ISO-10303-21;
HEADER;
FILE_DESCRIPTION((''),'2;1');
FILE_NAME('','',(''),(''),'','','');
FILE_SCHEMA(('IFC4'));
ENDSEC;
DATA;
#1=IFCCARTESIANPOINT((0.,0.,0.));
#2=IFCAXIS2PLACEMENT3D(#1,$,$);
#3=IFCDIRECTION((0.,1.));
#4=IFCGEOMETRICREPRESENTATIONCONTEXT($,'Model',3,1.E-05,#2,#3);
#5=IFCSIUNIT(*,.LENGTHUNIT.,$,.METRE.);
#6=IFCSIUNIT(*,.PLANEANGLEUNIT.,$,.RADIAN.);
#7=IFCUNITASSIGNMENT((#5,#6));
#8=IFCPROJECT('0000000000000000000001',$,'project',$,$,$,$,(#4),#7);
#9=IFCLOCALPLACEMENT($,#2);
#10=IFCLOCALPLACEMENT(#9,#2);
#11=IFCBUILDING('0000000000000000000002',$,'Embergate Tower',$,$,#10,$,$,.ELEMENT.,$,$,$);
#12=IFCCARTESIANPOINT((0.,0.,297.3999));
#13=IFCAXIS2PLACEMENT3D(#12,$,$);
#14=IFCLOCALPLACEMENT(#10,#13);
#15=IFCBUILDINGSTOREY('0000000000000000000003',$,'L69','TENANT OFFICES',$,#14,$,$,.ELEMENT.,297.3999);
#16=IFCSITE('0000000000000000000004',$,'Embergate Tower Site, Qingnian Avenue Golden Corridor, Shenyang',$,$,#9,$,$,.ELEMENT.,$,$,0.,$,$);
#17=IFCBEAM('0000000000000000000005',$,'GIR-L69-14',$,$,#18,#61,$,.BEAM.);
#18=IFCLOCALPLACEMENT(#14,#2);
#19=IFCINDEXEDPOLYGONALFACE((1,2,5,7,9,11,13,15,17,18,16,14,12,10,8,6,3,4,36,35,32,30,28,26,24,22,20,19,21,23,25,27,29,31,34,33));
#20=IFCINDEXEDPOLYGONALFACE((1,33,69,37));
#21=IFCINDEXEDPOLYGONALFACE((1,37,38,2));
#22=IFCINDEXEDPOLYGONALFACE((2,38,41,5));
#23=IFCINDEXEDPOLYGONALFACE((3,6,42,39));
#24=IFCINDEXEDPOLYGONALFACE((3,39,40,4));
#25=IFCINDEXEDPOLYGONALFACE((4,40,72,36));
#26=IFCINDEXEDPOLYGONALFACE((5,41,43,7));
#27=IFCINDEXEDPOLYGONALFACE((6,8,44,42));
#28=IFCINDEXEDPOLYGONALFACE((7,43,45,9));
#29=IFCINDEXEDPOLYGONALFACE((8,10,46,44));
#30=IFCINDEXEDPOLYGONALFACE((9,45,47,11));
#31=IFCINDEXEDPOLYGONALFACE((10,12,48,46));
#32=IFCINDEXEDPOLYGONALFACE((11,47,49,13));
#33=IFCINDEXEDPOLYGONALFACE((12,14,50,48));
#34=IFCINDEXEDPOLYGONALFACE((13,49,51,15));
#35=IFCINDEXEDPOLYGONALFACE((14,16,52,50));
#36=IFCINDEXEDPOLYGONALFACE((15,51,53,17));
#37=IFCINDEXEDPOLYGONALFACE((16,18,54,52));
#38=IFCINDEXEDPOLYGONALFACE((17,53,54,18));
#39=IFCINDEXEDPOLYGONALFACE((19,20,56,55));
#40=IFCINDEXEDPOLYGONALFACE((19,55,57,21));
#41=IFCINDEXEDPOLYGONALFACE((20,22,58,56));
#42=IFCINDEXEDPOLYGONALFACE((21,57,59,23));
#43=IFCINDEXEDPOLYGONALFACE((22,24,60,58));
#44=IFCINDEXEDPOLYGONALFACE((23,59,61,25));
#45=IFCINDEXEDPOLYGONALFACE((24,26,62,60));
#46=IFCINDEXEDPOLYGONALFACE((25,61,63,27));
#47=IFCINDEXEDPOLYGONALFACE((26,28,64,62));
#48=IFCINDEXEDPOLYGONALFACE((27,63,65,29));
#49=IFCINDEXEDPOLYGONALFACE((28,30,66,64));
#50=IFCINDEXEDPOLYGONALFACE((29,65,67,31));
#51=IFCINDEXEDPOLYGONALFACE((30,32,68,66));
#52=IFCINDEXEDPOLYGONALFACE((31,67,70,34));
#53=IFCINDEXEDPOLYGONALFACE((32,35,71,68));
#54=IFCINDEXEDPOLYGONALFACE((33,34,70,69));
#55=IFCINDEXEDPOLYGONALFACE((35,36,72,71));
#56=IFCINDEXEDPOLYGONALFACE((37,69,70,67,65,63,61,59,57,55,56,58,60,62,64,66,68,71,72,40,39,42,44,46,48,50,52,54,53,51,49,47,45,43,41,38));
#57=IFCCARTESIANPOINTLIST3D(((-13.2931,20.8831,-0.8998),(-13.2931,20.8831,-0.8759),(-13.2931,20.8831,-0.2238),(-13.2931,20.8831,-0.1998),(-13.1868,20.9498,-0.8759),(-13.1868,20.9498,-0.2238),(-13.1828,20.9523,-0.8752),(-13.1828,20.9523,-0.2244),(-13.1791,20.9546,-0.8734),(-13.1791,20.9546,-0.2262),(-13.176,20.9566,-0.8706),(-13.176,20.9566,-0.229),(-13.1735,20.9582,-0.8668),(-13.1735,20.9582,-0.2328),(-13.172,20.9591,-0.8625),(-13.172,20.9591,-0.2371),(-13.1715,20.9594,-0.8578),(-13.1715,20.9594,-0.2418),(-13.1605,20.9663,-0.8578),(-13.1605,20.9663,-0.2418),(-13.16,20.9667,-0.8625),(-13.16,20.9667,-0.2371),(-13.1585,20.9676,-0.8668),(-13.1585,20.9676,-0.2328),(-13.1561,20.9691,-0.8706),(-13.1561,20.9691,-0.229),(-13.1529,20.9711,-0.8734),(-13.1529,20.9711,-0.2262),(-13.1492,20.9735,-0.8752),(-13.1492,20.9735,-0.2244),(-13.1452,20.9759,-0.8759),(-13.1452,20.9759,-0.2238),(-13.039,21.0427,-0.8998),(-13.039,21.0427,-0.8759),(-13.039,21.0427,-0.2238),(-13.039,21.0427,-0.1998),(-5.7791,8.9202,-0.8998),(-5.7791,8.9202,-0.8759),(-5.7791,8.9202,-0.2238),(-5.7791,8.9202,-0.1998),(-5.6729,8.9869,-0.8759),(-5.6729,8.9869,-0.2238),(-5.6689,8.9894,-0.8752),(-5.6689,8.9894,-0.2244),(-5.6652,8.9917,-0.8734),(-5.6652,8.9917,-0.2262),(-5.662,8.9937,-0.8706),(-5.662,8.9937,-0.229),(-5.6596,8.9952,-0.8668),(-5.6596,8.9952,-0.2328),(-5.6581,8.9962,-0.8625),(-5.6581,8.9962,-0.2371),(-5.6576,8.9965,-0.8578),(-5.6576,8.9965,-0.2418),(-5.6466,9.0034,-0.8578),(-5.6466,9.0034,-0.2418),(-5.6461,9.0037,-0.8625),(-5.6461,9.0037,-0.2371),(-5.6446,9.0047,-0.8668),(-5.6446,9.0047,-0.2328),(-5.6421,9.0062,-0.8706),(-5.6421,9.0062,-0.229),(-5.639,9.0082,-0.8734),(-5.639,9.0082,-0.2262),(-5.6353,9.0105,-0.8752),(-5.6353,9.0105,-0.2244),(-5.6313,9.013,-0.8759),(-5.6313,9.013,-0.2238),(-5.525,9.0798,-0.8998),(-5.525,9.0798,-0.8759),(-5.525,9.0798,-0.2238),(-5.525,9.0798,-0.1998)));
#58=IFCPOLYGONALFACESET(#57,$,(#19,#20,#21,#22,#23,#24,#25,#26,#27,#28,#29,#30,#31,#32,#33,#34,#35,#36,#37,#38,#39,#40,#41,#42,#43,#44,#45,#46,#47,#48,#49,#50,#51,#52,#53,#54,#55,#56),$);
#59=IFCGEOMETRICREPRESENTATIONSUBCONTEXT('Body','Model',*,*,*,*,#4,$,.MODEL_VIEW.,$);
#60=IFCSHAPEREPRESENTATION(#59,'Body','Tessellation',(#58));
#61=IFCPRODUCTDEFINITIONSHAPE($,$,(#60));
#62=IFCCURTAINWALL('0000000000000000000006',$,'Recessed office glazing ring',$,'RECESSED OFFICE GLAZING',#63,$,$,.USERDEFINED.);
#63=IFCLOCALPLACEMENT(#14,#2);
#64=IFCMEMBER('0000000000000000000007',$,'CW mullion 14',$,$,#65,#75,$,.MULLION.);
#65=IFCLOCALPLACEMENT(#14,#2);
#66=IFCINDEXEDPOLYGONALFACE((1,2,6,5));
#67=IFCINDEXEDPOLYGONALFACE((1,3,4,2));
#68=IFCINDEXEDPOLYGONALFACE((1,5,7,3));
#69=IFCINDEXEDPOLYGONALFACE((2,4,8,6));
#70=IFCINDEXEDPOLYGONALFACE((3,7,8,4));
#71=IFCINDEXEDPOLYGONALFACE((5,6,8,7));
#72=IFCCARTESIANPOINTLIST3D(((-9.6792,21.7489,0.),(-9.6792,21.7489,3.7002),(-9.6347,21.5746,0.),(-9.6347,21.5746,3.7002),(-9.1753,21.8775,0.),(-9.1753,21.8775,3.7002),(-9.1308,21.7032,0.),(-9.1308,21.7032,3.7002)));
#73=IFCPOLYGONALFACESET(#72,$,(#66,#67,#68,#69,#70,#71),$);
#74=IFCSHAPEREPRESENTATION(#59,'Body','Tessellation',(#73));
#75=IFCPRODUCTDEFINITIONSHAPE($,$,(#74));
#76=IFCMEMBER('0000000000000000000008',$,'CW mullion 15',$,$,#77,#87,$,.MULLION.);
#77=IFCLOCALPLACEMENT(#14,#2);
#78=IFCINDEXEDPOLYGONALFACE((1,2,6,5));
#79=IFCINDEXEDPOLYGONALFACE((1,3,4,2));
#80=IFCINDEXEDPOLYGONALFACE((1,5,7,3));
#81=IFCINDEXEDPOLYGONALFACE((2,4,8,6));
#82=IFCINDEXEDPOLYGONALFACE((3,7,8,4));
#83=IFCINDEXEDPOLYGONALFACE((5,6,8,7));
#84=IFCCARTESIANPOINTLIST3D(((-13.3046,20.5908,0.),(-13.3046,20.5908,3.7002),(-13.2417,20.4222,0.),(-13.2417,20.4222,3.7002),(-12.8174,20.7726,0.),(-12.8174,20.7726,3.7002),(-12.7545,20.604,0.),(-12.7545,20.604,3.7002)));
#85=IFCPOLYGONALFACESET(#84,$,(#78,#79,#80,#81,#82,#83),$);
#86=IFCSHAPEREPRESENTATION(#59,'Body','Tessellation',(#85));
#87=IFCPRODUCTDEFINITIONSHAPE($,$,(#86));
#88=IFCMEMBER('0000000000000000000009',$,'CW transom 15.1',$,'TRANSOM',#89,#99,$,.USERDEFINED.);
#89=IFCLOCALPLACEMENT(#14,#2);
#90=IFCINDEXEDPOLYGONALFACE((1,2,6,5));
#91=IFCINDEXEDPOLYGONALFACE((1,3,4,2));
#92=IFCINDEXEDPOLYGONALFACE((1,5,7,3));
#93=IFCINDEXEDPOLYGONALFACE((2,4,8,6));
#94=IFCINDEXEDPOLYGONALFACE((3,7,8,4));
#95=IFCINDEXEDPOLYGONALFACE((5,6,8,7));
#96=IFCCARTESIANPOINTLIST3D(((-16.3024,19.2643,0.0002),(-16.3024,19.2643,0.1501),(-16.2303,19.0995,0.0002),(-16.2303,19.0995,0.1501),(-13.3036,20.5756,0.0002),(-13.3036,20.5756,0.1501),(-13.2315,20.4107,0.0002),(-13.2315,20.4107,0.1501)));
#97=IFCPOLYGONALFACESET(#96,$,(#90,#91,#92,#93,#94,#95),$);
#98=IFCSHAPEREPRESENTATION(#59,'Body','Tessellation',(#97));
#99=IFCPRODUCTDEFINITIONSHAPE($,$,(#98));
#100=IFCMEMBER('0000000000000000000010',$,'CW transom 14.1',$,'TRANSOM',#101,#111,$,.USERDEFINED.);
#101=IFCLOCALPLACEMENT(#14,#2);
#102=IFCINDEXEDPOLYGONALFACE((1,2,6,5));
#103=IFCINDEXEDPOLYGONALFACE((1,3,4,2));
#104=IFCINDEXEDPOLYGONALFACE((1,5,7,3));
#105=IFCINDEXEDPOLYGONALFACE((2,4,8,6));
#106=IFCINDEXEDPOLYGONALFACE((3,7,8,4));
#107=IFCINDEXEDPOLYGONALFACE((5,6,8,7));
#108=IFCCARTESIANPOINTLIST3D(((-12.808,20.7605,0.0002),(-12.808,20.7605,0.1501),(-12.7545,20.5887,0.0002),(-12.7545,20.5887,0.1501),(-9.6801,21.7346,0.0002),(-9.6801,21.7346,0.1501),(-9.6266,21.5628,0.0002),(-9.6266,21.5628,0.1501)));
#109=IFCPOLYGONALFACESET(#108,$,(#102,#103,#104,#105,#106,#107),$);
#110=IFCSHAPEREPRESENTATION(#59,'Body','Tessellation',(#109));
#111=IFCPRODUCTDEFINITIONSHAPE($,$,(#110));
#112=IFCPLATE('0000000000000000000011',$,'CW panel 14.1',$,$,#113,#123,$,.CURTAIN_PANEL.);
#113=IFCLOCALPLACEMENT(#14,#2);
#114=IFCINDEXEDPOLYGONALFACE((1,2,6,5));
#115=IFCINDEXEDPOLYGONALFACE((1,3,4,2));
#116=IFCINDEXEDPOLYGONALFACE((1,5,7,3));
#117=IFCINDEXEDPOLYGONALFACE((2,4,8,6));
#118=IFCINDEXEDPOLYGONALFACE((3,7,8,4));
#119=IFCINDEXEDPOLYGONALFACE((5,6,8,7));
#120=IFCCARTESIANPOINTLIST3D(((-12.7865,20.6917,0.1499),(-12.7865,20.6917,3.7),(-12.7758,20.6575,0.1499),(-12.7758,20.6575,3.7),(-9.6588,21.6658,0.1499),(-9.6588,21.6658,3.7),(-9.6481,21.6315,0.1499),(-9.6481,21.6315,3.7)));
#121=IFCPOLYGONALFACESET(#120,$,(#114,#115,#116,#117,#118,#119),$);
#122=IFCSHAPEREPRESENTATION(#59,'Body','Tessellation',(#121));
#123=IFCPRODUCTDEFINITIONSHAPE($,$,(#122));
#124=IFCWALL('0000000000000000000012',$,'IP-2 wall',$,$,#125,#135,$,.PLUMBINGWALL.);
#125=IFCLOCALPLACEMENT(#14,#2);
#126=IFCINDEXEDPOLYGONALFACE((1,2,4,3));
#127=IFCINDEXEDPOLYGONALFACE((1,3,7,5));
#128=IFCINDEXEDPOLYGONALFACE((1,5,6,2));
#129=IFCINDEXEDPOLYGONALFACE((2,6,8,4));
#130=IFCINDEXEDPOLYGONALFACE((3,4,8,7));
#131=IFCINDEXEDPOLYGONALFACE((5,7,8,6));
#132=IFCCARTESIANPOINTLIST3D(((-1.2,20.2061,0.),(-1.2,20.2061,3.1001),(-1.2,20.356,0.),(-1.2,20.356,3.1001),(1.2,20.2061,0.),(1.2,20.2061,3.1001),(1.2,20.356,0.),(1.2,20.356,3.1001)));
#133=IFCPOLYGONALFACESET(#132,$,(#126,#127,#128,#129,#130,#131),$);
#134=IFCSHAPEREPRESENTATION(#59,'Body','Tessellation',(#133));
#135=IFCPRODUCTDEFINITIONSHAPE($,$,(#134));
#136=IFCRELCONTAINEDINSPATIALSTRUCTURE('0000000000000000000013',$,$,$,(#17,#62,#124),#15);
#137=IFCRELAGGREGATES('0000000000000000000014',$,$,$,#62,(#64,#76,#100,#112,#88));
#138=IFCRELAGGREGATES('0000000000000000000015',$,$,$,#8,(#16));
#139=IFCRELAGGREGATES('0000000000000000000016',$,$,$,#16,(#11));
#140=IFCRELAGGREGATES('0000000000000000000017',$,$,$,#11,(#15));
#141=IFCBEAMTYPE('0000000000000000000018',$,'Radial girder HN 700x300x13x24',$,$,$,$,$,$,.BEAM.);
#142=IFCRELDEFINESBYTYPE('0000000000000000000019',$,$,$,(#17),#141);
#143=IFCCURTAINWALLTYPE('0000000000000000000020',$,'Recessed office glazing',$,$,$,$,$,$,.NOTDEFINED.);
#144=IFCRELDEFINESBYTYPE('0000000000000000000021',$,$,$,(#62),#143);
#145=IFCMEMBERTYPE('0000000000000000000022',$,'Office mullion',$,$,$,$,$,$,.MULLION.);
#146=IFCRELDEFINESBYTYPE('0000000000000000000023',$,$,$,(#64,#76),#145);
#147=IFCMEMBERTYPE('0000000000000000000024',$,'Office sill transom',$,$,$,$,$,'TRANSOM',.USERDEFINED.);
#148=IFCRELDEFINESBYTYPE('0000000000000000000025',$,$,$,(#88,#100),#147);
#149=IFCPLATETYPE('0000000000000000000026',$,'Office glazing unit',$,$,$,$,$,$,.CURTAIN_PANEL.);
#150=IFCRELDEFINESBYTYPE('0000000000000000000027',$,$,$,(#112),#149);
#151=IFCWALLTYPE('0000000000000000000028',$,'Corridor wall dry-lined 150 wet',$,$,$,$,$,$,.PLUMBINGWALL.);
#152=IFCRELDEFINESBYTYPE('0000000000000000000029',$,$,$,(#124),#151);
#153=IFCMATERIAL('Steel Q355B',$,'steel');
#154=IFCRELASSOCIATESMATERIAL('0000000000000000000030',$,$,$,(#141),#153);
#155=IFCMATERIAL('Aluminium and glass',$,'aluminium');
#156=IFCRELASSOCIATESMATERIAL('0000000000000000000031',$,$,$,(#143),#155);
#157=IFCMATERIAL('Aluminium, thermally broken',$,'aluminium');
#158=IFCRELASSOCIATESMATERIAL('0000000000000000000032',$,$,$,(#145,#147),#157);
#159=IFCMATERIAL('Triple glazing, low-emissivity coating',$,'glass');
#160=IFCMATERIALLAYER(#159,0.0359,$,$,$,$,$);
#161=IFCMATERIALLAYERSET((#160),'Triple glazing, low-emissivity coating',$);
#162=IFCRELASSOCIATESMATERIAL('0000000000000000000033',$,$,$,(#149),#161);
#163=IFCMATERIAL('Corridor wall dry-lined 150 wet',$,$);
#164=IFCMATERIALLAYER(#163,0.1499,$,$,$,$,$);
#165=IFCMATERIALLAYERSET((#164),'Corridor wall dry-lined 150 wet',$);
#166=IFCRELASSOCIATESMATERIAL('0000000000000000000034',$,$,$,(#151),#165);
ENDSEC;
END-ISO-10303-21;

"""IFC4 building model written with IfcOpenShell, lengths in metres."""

from ifc_helpers import new_model, si_unit, direction, frame, frame_2d, origin, origin_2d, place, context, subcontext, project, spatial, rectangle, i_section, extrude, source, transform, mapped, material, layer, layer_set, material_profile, profile_set, type_object, element, aggregate, save


model = new_model("IFC4")

# Units and contexts
model_context = context("Model", 3, precision=1e-05, world=origin(), true_north=direction((0.0, 1.0)))
body_context = subcontext(model_context, "Body", "Model", "MODEL_VIEW")
ifc_project = project(units=[si_unit("LENGTHUNIT", "METRE"), si_unit("PLANEANGLEUNIT", "RADIAN")], contexts=[model_context])

# Site, building, storey
site_placement = place(None, origin())
site = spatial("IfcSite", under=ifc_project, at=site_placement, Name="Embergate Tower Site, Qingnian Avenue Golden Corridor, Shenyang", CompositionType="ELEMENT", RefElevation=0.0)
building_placement = place(site_placement, origin())
building = spatial("IfcBuilding", under=site, at=building_placement, Name="Embergate Tower", CompositionType="ELEMENT")
storey_placement = place(building_placement, frame((0.0, 0.0, 297.3999)))
storey = spatial("IfcBuildingStorey", under=building, at=storey_placement, Name="L69", Description="TENANT OFFICES", CompositionType="ELEMENT", Elevation=297.3999)

# Beam
ifc_material_1 = material(Name="Steel Q355B", Category="steel")
ifc_material_profile_1 = material_profile(ifc_material_1, i_section(OverallWidth=0.3, OverallDepth=0.7, WebThickness=0.0129, FlangeThickness=0.0239, FilletRadius=0.0181, at=origin_2d()), Name="HN 700x300x13x24")
ifc_profile_set_1 = profile_set([ifc_material_profile_1], Name="Steel Q355 grade B")
beam_type = type_object("IfcBeamType", Name="Radial girder HN 700x300x13x24", PredefinedType="BEAM", material=ifc_profile_set_1)
shared_shape_1 = source(origin(), body_context, "Body", "SweptSolid", [
    extrude(i_section(OverallWidth=0.3, OverallDepth=0.7, WebThickness=0.0129, FlangeThickness=0.0239, FilletRadius=0.0181, at=origin_2d()), origin(), (0.0, 0.0, 1.0), 14.127),
])
beam_placement = place(storey_placement, frame((-13.166, 20.9629, -0.5498), z_axis=(0.531887, -0.846816, 0.0), x_axis=(0.846816, 0.531887, 0.0)))
element("IfcBeam", 1, at=beam_placement, inside=storey, type_object=beam_type, Name="GIR-L69-14", PredefinedType="BEAM", context=body_context, shape_type="MappedRepresentation", body=[
    mapped(shared_shape_1, transform((0.0, 0.0, 0.0))),
])

# Curtain wall, members, plate
ifc_material_2 = material(Name="Aluminium and glass", Category="aluminium")
curtain_wall_type = type_object("IfcCurtainWallType", Name="Recessed office glazing", PredefinedType="NOTDEFINED", material=ifc_material_2)
curtain_wall_placement = place(storey_placement, origin())
curtain_wall = element("IfcCurtainWall", 2, at=curtain_wall_placement, inside=storey, type_object=curtain_wall_type, Name="Recessed office glazing ring", ObjectType="RECESSED OFFICE GLAZING", PredefinedType="USERDEFINED")
ifc_material_3 = material(Name="Aluminium, thermally broken", Category="aluminium")
ifc_material_profile_2 = material_profile(ifc_material_3, rectangle(XDim=0.1799, YDim=0.52, at=origin_2d()), Name="AL 520x180")
ifc_profile_set_2 = profile_set([ifc_material_profile_2], Name="Aluminium, thermally broken")
member_type_1 = type_object("IfcMemberType", Name="Office mullion", PredefinedType="MULLION", material=ifc_profile_set_2)
shared_shape_2 = source(origin(), body_context, "Body", "SweptSolid", [
    extrude(rectangle(XDim=0.1799, YDim=0.52, at=origin_2d()), origin(), (0.0, 0.0, 1.0), 3.7002),
])
member_1_placement = place(storey_placement, frame((-9.405, 21.7261, 0.0), z_axis=(0.0, 0.0, 1.0), x_axis=(0.247312, -0.968936, 0.0)))
member_1 = element("IfcMember", 3, at=member_1_placement, type_object=member_type_1, Name="CW mullion 14", PredefinedType="MULLION", context=body_context, shape_type="MappedRepresentation", body=[
    mapped(shared_shape_2, transform((0.0, 0.0, 0.0))),
])
member_2_placement = place(storey_placement, frame((-13.0295, 20.5974, 0.0), z_axis=(0.0, 0.0, 1.0), x_axis=(0.349501, -0.936936, 0.0)))
member_2 = element("IfcMember", 4, at=member_2_placement, type_object=member_type_1, Name="CW mullion 15", PredefinedType="MULLION", context=body_context, shape_type="MappedRepresentation", body=[
    mapped(shared_shape_2, transform((0.0, 0.0, 0.0))),
])
ifc_material_profile_3 = material_profile(ifc_material_3, rectangle(XDim=0.1799, YDim=0.1499, at=origin_2d()), Name="AL 150x180")
ifc_profile_set_3 = profile_set([ifc_material_profile_3], Name="Aluminium, thermally broken")
member_type_2 = type_object("IfcMemberType", Name="Office sill transom", ElementType="TRANSOM", PredefinedType="USERDEFINED", material=ifc_profile_set_3)
shared_shape_3 = source(origin(), body_context, "Body", "SweptSolid", [
    extrude(rectangle(XDim=0.1799, YDim=0.1499, at=origin_2d()), origin(), (0.0, 0.0, 1.0), 3.2729),
])
member_3_placement = place(storey_placement, frame((-13.2676, 20.4932, 0.0752), z_axis=(-0.916234, -0.400643, 0.0), x_axis=(0.400643, -0.916234, 0.0)))
member_3 = element("IfcMember", 5, at=member_3_placement, type_object=member_type_2, Name="CW transom 15.1", ObjectType="TRANSOM", PredefinedType="USERDEFINED", context=body_context, shape_type="MappedRepresentation", body=[
    mapped(shared_shape_3, transform((0.0, 0.0, 0.0))),
])
shared_shape_4 = source(origin(), body_context, "Body", "SweptSolid", [
    extrude(rectangle(XDim=0.1799, YDim=0.1499, at=origin_2d()), origin(), (0.0, 0.0, 1.0), 3.2761),
])
member_4_placement = place(storey_placement, frame((-9.6533, 21.6487, 0.0752), z_axis=(-0.954771, -0.297341, 0.0), x_axis=(0.297341, -0.954771, 0.0)))
member_4 = element("IfcMember", 6, at=member_4_placement, type_object=member_type_2, Name="CW transom 14.1", ObjectType="TRANSOM", PredefinedType="USERDEFINED", context=body_context, shape_type="MappedRepresentation", body=[
    mapped(shared_shape_4, transform((0.0, 0.0, 0.0))),
])
ifc_material_4 = material(Name="Triple glazing, low-emissivity coating", Category="glass")
ifc_layer_1 = layer(ifc_material_4, 0.0359)
ifc_layer_set_1 = layer_set([ifc_layer_1], Name="Triple glazing, low-emissivity coating")
plate_type = type_object("IfcPlateType", Name="Office glazing unit", PredefinedType="CURTAIN_PANEL", material=ifc_layer_set_1)
shared_shape_5 = source(origin(), body_context, "Body", "SweptSolid", [
    extrude(rectangle(XDim=3.2759, YDim=0.0359, at=origin_2d()), origin(), (0.0, 0.0, 1.0), 3.55),
])
plate_placement = place(storey_placement, frame((-11.2173, 21.1616, 0.1499), z_axis=(0.0, 0.0, 1.0), x_axis=(-0.954771, -0.297342, 0.0)))
plate = element("IfcPlate", 7, at=plate_placement, type_object=plate_type, Name="CW panel 14.1", PredefinedType="CURTAIN_PANEL", context=body_context, shape_type="MappedRepresentation", body=[
    mapped(shared_shape_5, transform((0.0, 0.0, 0.0))),
])
aggregate(curtain_wall, [member_1, member_2, member_4, plate, member_3])

# Wall
ifc_material_5 = material(Name="Corridor wall dry-lined 150 wet")
ifc_layer_2 = layer(ifc_material_5, 0.1499)
ifc_layer_set_2 = layer_set([ifc_layer_2], Name="Corridor wall dry-lined 150 wet")
wall_type_1 = type_object("IfcWallType", Name="Corridor wall dry-lined 150 wet", PredefinedType="PLUMBINGWALL", material=ifc_layer_set_2)
shared_shape_6 = source(origin(), body_context, "Body", "SweptSolid", [
    extrude(rectangle(XDim=2.3999, YDim=0.1499, at=frame_2d((1.2, 0.0))), origin(), (0.0, 0.0, 1.0), 3.1001),
])
wall_1_placement = place(storey_placement, frame((-1.2, 20.281, 0.0), z_axis=(0.0, 0.0, 1.0), x_axis=(1.0, 0.0, 0.0)))
element("IfcWall", 8, at=wall_1_placement, inside=storey, type_object=wall_type_1, Name="IP-2 wall", PredefinedType="PLUMBINGWALL", context=body_context, shape_type="MappedRepresentation", body=[
    mapped(shared_shape_6, transform((0.0, 0.0, 0.0))),
])

save(model, "model.ifc")
